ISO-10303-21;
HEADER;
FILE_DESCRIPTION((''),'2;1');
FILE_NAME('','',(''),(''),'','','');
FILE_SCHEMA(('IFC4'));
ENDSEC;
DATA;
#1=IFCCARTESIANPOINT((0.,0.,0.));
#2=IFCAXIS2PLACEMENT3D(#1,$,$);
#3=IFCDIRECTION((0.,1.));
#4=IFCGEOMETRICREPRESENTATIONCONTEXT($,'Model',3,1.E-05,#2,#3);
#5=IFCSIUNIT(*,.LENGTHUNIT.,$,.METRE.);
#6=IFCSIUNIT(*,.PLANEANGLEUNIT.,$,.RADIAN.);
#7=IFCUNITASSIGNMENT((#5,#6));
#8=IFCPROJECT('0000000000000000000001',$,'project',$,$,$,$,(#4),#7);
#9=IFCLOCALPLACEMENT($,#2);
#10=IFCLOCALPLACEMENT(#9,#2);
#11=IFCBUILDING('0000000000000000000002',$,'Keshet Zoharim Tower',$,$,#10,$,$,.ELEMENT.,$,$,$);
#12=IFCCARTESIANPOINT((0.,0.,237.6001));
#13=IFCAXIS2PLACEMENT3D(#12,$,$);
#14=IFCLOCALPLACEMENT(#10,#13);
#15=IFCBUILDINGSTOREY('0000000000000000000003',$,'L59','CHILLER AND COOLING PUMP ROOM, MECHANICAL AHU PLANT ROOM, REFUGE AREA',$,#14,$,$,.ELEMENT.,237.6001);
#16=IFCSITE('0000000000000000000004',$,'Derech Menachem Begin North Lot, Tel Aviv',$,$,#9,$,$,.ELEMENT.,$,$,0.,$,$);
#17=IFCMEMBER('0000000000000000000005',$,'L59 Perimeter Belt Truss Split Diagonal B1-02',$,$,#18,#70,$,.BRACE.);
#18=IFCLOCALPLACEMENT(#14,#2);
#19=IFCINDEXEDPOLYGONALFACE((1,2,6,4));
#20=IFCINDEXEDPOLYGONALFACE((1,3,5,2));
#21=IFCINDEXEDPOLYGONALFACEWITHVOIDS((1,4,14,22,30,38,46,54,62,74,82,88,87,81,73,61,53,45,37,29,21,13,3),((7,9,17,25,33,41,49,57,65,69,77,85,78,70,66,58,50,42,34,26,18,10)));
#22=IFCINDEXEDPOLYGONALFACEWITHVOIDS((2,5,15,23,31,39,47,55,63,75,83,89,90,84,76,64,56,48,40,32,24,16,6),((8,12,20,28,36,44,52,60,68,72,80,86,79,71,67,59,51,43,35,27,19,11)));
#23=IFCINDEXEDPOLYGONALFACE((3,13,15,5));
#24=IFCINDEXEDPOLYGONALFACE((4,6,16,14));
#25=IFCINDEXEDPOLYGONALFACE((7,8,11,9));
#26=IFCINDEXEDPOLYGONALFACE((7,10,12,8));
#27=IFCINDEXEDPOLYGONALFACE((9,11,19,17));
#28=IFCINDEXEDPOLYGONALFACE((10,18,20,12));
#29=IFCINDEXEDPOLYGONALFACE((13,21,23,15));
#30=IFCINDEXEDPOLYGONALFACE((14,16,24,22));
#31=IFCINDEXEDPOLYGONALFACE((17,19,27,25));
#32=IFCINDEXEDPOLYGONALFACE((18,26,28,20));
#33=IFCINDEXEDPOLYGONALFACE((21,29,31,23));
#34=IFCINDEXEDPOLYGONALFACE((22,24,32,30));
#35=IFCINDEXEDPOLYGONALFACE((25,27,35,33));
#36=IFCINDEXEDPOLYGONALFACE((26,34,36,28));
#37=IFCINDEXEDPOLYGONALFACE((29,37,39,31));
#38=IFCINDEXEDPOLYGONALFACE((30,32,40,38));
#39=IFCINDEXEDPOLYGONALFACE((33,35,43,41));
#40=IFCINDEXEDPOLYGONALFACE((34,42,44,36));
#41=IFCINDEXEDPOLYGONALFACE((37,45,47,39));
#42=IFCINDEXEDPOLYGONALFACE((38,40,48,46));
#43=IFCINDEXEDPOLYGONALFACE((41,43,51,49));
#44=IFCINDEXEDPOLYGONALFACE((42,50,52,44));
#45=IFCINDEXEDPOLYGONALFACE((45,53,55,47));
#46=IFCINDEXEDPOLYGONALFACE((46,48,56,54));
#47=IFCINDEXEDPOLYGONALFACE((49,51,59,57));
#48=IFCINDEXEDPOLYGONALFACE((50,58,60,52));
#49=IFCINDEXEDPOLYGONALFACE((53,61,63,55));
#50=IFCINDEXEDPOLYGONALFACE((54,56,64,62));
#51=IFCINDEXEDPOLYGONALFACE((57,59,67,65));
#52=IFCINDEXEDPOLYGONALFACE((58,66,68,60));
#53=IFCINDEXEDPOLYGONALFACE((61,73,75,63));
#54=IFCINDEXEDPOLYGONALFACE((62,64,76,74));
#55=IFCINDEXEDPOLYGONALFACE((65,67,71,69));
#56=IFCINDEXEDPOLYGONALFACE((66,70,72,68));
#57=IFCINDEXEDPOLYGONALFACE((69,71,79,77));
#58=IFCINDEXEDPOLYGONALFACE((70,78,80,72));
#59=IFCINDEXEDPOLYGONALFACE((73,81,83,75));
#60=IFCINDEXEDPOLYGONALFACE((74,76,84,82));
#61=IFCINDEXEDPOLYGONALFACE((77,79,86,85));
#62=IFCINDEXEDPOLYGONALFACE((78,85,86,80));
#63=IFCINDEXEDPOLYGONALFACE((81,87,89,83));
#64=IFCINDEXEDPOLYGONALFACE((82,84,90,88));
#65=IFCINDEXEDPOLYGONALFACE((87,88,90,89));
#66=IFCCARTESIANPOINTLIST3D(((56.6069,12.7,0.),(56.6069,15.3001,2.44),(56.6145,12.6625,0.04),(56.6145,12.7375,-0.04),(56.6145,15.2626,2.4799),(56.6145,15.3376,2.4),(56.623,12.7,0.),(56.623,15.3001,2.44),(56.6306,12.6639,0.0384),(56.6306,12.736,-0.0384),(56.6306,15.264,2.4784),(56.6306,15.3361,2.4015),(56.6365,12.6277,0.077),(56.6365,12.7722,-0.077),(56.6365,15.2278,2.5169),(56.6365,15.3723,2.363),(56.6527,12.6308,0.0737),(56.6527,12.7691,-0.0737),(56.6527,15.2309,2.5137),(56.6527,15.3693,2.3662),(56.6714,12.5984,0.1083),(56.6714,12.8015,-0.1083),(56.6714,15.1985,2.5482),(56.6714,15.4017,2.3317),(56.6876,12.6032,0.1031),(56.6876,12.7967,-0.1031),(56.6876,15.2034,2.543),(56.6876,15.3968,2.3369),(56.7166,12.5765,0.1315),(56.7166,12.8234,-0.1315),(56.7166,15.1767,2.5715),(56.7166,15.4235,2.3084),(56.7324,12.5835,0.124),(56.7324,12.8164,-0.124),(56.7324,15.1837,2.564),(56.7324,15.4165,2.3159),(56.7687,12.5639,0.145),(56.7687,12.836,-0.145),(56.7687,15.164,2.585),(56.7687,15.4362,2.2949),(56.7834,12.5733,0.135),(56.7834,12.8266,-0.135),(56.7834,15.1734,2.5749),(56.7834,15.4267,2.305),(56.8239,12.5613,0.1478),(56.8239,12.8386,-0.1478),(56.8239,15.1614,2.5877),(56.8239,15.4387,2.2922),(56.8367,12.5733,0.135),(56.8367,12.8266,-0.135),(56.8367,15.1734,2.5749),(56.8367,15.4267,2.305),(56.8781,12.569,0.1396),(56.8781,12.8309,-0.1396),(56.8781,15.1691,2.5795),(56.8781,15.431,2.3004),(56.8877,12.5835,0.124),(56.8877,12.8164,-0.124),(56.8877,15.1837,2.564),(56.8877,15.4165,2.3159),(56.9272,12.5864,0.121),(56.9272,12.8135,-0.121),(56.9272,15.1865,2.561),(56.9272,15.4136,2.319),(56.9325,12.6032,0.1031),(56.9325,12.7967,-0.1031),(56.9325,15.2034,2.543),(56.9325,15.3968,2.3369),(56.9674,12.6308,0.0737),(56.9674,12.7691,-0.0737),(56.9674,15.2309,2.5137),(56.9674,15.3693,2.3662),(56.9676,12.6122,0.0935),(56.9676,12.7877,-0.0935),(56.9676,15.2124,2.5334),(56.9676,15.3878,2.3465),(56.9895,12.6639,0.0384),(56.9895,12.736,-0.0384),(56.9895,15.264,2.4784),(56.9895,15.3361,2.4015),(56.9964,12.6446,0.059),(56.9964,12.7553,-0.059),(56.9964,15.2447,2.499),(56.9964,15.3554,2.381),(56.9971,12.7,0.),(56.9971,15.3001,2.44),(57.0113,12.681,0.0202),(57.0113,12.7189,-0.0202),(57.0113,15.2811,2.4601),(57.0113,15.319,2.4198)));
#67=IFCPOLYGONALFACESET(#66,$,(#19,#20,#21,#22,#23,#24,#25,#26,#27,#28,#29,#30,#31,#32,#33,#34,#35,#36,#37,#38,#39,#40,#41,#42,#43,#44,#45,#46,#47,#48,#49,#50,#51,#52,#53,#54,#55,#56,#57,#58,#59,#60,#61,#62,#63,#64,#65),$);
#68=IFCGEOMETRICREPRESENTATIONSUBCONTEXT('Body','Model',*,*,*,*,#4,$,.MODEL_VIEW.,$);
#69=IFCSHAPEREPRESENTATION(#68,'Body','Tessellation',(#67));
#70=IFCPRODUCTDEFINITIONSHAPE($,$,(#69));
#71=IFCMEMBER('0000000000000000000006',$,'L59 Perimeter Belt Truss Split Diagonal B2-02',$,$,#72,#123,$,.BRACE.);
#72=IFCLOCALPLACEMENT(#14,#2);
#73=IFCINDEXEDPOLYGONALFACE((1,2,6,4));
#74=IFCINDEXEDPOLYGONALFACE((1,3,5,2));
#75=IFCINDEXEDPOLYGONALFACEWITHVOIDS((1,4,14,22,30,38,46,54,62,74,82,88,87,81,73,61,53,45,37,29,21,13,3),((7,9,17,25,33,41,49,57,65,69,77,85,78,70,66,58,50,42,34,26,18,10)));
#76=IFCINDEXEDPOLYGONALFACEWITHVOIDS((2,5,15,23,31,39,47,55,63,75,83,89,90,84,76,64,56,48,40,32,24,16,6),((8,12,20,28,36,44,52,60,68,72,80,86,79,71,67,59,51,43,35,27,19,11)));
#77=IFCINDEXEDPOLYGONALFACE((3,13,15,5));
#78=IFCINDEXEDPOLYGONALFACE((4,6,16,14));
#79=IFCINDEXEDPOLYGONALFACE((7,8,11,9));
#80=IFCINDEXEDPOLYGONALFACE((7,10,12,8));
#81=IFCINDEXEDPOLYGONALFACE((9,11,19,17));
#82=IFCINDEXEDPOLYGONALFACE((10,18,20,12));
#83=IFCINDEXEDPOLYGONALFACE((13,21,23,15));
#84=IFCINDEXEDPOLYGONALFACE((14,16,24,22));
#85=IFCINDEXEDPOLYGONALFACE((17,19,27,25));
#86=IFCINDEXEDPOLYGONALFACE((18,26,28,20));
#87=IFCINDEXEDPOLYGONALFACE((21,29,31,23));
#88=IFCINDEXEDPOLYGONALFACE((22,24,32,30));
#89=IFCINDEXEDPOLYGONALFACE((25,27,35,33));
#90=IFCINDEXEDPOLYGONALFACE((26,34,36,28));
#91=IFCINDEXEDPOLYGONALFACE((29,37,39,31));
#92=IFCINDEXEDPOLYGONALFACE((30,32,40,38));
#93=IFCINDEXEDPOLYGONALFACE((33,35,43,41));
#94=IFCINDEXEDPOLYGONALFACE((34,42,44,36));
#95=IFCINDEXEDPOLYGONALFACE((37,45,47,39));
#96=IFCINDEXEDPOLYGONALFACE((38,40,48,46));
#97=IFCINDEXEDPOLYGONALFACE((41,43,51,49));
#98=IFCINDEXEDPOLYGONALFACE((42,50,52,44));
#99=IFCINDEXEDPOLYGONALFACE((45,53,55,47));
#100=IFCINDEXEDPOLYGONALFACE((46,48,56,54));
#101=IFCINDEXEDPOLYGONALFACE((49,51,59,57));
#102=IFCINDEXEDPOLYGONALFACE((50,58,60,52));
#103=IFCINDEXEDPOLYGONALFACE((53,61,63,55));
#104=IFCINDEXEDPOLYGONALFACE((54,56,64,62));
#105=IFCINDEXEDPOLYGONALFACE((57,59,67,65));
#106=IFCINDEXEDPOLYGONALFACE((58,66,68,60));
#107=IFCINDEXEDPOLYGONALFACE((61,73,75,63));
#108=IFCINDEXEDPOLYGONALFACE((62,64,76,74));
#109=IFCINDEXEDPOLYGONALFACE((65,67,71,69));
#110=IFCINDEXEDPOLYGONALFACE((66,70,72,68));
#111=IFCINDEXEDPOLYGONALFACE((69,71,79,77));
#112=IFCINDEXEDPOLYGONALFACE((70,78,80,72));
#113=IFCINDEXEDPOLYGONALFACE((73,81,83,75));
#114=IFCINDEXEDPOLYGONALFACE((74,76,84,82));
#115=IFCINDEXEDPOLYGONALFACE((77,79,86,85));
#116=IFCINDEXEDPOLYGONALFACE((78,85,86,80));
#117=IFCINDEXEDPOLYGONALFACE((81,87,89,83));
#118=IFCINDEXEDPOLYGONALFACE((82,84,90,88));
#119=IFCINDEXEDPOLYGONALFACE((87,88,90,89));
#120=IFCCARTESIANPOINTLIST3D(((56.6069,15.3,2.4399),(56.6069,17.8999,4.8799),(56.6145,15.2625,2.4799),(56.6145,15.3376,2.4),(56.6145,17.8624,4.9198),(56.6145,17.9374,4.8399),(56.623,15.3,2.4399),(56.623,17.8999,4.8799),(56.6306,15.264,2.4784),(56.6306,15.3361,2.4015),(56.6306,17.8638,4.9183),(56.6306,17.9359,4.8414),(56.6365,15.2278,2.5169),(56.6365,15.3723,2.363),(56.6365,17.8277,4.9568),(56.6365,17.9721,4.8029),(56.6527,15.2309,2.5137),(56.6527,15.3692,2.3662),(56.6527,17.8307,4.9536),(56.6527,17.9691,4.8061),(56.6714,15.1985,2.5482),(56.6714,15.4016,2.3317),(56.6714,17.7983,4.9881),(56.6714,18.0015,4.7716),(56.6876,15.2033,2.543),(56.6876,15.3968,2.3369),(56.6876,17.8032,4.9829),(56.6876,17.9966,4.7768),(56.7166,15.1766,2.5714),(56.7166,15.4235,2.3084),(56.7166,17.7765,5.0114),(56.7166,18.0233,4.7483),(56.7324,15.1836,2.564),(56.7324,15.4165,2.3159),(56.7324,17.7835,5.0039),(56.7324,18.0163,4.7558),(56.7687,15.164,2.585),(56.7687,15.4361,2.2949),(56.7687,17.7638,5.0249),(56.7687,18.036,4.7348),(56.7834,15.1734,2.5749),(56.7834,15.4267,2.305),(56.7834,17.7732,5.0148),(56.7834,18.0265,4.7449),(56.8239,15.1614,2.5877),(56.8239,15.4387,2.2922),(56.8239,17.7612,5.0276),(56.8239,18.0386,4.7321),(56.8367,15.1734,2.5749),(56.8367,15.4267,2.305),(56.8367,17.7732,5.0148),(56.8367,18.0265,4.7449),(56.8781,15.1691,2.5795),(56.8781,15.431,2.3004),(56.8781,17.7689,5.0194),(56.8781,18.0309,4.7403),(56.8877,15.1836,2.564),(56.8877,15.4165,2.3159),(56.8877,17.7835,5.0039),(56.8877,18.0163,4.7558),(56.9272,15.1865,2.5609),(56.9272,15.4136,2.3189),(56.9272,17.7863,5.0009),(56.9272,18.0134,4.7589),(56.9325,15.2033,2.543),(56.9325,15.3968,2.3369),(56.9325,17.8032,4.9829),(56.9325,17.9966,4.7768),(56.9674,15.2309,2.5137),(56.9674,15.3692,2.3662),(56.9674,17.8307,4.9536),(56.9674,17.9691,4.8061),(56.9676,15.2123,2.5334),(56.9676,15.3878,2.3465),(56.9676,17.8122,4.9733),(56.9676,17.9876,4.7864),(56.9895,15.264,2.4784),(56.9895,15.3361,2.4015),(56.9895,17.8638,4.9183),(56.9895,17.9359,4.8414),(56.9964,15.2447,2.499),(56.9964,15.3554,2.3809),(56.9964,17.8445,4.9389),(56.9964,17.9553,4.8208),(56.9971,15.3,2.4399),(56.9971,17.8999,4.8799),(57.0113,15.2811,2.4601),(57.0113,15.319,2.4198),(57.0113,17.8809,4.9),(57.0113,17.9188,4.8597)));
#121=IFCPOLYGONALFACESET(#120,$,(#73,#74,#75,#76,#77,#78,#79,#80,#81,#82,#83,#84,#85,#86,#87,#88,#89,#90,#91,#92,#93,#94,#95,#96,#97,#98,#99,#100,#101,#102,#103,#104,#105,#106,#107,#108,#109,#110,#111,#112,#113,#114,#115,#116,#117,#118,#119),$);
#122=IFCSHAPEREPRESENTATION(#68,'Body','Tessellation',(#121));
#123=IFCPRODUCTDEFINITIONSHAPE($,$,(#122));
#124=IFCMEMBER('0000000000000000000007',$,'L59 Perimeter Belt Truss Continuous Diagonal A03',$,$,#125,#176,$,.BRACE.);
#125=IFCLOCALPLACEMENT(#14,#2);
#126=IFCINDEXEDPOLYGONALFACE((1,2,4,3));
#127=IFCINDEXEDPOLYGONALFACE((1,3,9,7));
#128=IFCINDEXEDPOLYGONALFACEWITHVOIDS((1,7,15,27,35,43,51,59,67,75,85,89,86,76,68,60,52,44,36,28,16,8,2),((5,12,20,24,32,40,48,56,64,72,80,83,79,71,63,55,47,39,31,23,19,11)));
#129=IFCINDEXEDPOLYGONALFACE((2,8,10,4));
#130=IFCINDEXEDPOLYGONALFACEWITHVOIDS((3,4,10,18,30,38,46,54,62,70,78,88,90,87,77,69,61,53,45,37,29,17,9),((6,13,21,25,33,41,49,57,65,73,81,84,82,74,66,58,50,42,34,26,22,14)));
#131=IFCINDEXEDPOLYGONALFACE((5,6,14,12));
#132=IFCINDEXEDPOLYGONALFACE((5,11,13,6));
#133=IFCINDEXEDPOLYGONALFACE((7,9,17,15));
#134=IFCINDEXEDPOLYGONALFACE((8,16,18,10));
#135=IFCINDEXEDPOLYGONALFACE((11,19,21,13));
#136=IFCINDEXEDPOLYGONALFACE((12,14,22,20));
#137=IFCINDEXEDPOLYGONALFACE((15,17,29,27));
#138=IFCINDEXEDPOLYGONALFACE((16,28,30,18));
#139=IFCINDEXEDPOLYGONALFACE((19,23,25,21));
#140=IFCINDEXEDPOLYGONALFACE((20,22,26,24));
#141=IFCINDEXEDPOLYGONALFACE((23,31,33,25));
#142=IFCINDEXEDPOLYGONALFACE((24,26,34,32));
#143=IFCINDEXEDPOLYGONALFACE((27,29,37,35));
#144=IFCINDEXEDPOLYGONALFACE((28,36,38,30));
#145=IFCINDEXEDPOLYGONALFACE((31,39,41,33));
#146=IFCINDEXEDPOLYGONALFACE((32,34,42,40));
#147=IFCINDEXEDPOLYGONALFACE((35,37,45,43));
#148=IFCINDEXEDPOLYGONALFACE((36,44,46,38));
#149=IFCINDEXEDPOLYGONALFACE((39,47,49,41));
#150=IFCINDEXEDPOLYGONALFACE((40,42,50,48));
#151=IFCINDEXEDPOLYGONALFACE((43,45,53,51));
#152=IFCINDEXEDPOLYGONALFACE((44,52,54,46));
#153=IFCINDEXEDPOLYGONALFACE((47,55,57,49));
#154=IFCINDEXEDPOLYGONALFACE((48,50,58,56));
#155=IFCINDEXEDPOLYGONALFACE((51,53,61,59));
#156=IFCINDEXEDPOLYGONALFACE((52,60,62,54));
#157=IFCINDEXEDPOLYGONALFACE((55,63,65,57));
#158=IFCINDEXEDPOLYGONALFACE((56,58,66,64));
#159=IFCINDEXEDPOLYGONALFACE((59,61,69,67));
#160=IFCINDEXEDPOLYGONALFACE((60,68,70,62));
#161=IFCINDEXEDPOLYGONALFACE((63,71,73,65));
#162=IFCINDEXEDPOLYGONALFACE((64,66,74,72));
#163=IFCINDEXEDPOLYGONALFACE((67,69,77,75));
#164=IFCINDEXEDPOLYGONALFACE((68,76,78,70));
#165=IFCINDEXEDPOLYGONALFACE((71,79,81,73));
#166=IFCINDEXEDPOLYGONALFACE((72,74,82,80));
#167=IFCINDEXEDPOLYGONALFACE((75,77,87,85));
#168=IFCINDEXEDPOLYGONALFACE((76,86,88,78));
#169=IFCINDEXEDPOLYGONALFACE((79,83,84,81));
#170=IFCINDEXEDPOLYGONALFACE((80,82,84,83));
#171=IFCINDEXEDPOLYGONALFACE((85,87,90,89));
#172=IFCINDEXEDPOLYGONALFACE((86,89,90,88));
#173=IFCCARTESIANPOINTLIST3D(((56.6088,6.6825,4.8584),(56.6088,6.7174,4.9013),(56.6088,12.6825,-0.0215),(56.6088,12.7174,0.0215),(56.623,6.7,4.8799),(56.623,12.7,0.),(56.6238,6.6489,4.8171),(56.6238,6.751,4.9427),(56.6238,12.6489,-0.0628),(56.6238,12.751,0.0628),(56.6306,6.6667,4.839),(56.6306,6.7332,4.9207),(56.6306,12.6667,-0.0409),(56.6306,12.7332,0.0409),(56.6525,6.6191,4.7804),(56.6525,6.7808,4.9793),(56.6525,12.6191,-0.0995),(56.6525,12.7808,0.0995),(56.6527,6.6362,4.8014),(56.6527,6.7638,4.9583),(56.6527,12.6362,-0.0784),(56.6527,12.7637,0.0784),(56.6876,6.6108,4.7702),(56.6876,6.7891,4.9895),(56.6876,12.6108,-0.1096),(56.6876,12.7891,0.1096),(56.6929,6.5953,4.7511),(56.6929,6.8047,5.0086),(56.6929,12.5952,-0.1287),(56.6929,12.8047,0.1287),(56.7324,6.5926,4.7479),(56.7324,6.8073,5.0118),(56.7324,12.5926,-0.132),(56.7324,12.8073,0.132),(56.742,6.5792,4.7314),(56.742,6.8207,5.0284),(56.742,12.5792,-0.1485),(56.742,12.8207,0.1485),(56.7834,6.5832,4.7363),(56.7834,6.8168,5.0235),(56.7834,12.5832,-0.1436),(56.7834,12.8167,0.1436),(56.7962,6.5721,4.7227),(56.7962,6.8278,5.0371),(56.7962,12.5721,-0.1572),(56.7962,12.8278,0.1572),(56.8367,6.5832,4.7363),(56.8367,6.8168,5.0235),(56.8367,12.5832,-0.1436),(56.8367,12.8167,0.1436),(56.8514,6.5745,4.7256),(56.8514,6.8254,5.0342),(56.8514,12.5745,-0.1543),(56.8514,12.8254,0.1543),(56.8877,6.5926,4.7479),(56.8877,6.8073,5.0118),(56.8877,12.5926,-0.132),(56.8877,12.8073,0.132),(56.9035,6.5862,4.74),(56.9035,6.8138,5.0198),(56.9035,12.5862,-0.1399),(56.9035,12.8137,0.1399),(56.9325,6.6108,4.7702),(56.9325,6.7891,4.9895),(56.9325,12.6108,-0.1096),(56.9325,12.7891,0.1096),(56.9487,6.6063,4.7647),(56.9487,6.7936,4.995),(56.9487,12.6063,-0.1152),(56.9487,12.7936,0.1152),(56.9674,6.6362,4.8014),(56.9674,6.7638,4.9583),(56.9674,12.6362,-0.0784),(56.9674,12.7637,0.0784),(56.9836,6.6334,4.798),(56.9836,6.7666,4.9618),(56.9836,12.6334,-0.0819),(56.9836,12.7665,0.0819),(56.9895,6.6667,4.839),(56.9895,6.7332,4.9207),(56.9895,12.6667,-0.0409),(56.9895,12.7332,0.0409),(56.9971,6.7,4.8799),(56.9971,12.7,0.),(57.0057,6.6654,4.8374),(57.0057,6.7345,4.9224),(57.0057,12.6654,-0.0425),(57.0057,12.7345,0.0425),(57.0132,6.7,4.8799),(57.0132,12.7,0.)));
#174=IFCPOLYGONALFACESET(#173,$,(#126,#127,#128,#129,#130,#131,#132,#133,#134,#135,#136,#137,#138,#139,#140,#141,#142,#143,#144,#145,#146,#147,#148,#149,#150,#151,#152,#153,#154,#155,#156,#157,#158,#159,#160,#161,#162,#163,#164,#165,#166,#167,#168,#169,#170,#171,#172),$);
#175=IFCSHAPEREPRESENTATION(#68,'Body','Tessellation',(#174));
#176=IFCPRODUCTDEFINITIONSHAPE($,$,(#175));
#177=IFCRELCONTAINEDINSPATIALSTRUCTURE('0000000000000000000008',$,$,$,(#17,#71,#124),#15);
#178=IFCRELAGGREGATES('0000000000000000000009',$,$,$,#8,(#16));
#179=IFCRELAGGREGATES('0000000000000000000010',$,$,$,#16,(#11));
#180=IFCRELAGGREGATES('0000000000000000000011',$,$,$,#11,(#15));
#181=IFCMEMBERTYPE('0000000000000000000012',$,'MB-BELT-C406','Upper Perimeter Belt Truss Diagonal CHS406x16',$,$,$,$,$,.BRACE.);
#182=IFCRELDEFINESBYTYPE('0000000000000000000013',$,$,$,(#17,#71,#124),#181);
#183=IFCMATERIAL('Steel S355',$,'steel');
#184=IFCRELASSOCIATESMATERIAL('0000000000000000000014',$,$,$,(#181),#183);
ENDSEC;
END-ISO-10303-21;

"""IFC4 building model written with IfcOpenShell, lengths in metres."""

from ifc_helpers import new_model, si_unit, direction, frame, origin, origin_2d, place, context, subcontext, project, spatial, hollow_circle, extrude, material, material_profile, profile_set, type_object, element, save


model = new_model("IFC4")

# Units and contexts
model_context = context("Model", 3, precision=1e-05, world=origin(), true_north=direction((0.0, 1.0)))
body_context = subcontext(model_context, "Body", "Model", "MODEL_VIEW")
ifc_project = project(units=[si_unit("LENGTHUNIT", "METRE"), si_unit("PLANEANGLEUNIT", "RADIAN")], contexts=[model_context])

# Site, building, storey
site_placement = place(None, origin())
site = spatial("IfcSite", under=ifc_project, at=site_placement, Name="Derech Menachem Begin North Lot, Tel Aviv", CompositionType="ELEMENT", RefElevation=0.0)
building_placement = place(site_placement, origin())
building = spatial("IfcBuilding", under=site, at=building_placement, Name="Keshet Zoharim Tower", CompositionType="ELEMENT")
storey_placement = place(building_placement, frame((0.0, 0.0, 237.6001)))
storey = spatial("IfcBuildingStorey", under=building, at=storey_placement, Name="L59", Description="CHILLER AND COOLING PUMP ROOM, MECHANICAL AHU PLANT ROOM, REFUGE AREA", CompositionType="ELEMENT", Elevation=237.6001)

# Shared definitions
ifc_material_1 = material(Name="Steel S355", Category="steel")

# Members
ifc_material_profile_1 = material_profile(ifc_material_1, hollow_circle(Radius=0.2031, WallThickness=0.0161, at=origin_2d()), Name="CHS406x16")
ifc_profile_set_1 = profile_set([ifc_material_profile_1], Name="Steel S355")
member_type_1 = type_object("IfcMemberType", Name="MB-BELT-C406", Description="Upper Perimeter Belt Truss Diagonal CHS406x16", PredefinedType="BRACE", material=ifc_profile_set_1)
member_1_placement = place(storey_placement, frame((56.8101, 12.7, 0.0), z_axis=(0.0, 0.729208, 0.684292), x_axis=(-1.0, 0.0, 0.0)))
element("IfcMember", 1, at=member_1_placement, inside=storey, type_object=member_type_1, Name="L59 Perimeter Belt Truss Split Diagonal B1-02", PredefinedType="BRACE", context=body_context, shape_type="SweptSolid", body=[
    extrude(hollow_circle(Radius=0.2031, WallThickness=0.0161, at=origin_2d()), origin(), (0.0, 0.0, 1.0), 3.5657),
])
member_2_placement = place(storey_placement, frame((56.8101, 15.3, 2.4399), z_axis=(0.0, 0.729176, 0.684326), x_axis=(-1.0, 0.0, 0.0)))
element("IfcMember", 2, at=member_2_placement, inside=storey, type_object=member_type_1, Name="L59 Perimeter Belt Truss Split Diagonal B2-02", PredefinedType="BRACE", context=body_context, shape_type="SweptSolid", body=[
    extrude(hollow_circle(Radius=0.2031, WallThickness=0.0161, at=origin_2d()), origin(), (0.0, 0.0, 1.0), 3.5654),
])
member_3_placement = place(storey_placement, frame((56.8101, 12.7, 0.0), z_axis=(0.0, -0.775805, 0.630973), x_axis=(1.0, 0.0, 0.0)))
element("IfcMember", 3, at=member_3_placement, inside=storey, type_object=member_type_1, Name="L59 Perimeter Belt Truss Continuous Diagonal A03", PredefinedType="BRACE", context=body_context, shape_type="SweptSolid", body=[
    extrude(hollow_circle(Radius=0.2031, WallThickness=0.0161, at=origin_2d()), origin(), (0.0, 0.0, 1.0), 7.7339),
])

save(model, "model.ifc")
